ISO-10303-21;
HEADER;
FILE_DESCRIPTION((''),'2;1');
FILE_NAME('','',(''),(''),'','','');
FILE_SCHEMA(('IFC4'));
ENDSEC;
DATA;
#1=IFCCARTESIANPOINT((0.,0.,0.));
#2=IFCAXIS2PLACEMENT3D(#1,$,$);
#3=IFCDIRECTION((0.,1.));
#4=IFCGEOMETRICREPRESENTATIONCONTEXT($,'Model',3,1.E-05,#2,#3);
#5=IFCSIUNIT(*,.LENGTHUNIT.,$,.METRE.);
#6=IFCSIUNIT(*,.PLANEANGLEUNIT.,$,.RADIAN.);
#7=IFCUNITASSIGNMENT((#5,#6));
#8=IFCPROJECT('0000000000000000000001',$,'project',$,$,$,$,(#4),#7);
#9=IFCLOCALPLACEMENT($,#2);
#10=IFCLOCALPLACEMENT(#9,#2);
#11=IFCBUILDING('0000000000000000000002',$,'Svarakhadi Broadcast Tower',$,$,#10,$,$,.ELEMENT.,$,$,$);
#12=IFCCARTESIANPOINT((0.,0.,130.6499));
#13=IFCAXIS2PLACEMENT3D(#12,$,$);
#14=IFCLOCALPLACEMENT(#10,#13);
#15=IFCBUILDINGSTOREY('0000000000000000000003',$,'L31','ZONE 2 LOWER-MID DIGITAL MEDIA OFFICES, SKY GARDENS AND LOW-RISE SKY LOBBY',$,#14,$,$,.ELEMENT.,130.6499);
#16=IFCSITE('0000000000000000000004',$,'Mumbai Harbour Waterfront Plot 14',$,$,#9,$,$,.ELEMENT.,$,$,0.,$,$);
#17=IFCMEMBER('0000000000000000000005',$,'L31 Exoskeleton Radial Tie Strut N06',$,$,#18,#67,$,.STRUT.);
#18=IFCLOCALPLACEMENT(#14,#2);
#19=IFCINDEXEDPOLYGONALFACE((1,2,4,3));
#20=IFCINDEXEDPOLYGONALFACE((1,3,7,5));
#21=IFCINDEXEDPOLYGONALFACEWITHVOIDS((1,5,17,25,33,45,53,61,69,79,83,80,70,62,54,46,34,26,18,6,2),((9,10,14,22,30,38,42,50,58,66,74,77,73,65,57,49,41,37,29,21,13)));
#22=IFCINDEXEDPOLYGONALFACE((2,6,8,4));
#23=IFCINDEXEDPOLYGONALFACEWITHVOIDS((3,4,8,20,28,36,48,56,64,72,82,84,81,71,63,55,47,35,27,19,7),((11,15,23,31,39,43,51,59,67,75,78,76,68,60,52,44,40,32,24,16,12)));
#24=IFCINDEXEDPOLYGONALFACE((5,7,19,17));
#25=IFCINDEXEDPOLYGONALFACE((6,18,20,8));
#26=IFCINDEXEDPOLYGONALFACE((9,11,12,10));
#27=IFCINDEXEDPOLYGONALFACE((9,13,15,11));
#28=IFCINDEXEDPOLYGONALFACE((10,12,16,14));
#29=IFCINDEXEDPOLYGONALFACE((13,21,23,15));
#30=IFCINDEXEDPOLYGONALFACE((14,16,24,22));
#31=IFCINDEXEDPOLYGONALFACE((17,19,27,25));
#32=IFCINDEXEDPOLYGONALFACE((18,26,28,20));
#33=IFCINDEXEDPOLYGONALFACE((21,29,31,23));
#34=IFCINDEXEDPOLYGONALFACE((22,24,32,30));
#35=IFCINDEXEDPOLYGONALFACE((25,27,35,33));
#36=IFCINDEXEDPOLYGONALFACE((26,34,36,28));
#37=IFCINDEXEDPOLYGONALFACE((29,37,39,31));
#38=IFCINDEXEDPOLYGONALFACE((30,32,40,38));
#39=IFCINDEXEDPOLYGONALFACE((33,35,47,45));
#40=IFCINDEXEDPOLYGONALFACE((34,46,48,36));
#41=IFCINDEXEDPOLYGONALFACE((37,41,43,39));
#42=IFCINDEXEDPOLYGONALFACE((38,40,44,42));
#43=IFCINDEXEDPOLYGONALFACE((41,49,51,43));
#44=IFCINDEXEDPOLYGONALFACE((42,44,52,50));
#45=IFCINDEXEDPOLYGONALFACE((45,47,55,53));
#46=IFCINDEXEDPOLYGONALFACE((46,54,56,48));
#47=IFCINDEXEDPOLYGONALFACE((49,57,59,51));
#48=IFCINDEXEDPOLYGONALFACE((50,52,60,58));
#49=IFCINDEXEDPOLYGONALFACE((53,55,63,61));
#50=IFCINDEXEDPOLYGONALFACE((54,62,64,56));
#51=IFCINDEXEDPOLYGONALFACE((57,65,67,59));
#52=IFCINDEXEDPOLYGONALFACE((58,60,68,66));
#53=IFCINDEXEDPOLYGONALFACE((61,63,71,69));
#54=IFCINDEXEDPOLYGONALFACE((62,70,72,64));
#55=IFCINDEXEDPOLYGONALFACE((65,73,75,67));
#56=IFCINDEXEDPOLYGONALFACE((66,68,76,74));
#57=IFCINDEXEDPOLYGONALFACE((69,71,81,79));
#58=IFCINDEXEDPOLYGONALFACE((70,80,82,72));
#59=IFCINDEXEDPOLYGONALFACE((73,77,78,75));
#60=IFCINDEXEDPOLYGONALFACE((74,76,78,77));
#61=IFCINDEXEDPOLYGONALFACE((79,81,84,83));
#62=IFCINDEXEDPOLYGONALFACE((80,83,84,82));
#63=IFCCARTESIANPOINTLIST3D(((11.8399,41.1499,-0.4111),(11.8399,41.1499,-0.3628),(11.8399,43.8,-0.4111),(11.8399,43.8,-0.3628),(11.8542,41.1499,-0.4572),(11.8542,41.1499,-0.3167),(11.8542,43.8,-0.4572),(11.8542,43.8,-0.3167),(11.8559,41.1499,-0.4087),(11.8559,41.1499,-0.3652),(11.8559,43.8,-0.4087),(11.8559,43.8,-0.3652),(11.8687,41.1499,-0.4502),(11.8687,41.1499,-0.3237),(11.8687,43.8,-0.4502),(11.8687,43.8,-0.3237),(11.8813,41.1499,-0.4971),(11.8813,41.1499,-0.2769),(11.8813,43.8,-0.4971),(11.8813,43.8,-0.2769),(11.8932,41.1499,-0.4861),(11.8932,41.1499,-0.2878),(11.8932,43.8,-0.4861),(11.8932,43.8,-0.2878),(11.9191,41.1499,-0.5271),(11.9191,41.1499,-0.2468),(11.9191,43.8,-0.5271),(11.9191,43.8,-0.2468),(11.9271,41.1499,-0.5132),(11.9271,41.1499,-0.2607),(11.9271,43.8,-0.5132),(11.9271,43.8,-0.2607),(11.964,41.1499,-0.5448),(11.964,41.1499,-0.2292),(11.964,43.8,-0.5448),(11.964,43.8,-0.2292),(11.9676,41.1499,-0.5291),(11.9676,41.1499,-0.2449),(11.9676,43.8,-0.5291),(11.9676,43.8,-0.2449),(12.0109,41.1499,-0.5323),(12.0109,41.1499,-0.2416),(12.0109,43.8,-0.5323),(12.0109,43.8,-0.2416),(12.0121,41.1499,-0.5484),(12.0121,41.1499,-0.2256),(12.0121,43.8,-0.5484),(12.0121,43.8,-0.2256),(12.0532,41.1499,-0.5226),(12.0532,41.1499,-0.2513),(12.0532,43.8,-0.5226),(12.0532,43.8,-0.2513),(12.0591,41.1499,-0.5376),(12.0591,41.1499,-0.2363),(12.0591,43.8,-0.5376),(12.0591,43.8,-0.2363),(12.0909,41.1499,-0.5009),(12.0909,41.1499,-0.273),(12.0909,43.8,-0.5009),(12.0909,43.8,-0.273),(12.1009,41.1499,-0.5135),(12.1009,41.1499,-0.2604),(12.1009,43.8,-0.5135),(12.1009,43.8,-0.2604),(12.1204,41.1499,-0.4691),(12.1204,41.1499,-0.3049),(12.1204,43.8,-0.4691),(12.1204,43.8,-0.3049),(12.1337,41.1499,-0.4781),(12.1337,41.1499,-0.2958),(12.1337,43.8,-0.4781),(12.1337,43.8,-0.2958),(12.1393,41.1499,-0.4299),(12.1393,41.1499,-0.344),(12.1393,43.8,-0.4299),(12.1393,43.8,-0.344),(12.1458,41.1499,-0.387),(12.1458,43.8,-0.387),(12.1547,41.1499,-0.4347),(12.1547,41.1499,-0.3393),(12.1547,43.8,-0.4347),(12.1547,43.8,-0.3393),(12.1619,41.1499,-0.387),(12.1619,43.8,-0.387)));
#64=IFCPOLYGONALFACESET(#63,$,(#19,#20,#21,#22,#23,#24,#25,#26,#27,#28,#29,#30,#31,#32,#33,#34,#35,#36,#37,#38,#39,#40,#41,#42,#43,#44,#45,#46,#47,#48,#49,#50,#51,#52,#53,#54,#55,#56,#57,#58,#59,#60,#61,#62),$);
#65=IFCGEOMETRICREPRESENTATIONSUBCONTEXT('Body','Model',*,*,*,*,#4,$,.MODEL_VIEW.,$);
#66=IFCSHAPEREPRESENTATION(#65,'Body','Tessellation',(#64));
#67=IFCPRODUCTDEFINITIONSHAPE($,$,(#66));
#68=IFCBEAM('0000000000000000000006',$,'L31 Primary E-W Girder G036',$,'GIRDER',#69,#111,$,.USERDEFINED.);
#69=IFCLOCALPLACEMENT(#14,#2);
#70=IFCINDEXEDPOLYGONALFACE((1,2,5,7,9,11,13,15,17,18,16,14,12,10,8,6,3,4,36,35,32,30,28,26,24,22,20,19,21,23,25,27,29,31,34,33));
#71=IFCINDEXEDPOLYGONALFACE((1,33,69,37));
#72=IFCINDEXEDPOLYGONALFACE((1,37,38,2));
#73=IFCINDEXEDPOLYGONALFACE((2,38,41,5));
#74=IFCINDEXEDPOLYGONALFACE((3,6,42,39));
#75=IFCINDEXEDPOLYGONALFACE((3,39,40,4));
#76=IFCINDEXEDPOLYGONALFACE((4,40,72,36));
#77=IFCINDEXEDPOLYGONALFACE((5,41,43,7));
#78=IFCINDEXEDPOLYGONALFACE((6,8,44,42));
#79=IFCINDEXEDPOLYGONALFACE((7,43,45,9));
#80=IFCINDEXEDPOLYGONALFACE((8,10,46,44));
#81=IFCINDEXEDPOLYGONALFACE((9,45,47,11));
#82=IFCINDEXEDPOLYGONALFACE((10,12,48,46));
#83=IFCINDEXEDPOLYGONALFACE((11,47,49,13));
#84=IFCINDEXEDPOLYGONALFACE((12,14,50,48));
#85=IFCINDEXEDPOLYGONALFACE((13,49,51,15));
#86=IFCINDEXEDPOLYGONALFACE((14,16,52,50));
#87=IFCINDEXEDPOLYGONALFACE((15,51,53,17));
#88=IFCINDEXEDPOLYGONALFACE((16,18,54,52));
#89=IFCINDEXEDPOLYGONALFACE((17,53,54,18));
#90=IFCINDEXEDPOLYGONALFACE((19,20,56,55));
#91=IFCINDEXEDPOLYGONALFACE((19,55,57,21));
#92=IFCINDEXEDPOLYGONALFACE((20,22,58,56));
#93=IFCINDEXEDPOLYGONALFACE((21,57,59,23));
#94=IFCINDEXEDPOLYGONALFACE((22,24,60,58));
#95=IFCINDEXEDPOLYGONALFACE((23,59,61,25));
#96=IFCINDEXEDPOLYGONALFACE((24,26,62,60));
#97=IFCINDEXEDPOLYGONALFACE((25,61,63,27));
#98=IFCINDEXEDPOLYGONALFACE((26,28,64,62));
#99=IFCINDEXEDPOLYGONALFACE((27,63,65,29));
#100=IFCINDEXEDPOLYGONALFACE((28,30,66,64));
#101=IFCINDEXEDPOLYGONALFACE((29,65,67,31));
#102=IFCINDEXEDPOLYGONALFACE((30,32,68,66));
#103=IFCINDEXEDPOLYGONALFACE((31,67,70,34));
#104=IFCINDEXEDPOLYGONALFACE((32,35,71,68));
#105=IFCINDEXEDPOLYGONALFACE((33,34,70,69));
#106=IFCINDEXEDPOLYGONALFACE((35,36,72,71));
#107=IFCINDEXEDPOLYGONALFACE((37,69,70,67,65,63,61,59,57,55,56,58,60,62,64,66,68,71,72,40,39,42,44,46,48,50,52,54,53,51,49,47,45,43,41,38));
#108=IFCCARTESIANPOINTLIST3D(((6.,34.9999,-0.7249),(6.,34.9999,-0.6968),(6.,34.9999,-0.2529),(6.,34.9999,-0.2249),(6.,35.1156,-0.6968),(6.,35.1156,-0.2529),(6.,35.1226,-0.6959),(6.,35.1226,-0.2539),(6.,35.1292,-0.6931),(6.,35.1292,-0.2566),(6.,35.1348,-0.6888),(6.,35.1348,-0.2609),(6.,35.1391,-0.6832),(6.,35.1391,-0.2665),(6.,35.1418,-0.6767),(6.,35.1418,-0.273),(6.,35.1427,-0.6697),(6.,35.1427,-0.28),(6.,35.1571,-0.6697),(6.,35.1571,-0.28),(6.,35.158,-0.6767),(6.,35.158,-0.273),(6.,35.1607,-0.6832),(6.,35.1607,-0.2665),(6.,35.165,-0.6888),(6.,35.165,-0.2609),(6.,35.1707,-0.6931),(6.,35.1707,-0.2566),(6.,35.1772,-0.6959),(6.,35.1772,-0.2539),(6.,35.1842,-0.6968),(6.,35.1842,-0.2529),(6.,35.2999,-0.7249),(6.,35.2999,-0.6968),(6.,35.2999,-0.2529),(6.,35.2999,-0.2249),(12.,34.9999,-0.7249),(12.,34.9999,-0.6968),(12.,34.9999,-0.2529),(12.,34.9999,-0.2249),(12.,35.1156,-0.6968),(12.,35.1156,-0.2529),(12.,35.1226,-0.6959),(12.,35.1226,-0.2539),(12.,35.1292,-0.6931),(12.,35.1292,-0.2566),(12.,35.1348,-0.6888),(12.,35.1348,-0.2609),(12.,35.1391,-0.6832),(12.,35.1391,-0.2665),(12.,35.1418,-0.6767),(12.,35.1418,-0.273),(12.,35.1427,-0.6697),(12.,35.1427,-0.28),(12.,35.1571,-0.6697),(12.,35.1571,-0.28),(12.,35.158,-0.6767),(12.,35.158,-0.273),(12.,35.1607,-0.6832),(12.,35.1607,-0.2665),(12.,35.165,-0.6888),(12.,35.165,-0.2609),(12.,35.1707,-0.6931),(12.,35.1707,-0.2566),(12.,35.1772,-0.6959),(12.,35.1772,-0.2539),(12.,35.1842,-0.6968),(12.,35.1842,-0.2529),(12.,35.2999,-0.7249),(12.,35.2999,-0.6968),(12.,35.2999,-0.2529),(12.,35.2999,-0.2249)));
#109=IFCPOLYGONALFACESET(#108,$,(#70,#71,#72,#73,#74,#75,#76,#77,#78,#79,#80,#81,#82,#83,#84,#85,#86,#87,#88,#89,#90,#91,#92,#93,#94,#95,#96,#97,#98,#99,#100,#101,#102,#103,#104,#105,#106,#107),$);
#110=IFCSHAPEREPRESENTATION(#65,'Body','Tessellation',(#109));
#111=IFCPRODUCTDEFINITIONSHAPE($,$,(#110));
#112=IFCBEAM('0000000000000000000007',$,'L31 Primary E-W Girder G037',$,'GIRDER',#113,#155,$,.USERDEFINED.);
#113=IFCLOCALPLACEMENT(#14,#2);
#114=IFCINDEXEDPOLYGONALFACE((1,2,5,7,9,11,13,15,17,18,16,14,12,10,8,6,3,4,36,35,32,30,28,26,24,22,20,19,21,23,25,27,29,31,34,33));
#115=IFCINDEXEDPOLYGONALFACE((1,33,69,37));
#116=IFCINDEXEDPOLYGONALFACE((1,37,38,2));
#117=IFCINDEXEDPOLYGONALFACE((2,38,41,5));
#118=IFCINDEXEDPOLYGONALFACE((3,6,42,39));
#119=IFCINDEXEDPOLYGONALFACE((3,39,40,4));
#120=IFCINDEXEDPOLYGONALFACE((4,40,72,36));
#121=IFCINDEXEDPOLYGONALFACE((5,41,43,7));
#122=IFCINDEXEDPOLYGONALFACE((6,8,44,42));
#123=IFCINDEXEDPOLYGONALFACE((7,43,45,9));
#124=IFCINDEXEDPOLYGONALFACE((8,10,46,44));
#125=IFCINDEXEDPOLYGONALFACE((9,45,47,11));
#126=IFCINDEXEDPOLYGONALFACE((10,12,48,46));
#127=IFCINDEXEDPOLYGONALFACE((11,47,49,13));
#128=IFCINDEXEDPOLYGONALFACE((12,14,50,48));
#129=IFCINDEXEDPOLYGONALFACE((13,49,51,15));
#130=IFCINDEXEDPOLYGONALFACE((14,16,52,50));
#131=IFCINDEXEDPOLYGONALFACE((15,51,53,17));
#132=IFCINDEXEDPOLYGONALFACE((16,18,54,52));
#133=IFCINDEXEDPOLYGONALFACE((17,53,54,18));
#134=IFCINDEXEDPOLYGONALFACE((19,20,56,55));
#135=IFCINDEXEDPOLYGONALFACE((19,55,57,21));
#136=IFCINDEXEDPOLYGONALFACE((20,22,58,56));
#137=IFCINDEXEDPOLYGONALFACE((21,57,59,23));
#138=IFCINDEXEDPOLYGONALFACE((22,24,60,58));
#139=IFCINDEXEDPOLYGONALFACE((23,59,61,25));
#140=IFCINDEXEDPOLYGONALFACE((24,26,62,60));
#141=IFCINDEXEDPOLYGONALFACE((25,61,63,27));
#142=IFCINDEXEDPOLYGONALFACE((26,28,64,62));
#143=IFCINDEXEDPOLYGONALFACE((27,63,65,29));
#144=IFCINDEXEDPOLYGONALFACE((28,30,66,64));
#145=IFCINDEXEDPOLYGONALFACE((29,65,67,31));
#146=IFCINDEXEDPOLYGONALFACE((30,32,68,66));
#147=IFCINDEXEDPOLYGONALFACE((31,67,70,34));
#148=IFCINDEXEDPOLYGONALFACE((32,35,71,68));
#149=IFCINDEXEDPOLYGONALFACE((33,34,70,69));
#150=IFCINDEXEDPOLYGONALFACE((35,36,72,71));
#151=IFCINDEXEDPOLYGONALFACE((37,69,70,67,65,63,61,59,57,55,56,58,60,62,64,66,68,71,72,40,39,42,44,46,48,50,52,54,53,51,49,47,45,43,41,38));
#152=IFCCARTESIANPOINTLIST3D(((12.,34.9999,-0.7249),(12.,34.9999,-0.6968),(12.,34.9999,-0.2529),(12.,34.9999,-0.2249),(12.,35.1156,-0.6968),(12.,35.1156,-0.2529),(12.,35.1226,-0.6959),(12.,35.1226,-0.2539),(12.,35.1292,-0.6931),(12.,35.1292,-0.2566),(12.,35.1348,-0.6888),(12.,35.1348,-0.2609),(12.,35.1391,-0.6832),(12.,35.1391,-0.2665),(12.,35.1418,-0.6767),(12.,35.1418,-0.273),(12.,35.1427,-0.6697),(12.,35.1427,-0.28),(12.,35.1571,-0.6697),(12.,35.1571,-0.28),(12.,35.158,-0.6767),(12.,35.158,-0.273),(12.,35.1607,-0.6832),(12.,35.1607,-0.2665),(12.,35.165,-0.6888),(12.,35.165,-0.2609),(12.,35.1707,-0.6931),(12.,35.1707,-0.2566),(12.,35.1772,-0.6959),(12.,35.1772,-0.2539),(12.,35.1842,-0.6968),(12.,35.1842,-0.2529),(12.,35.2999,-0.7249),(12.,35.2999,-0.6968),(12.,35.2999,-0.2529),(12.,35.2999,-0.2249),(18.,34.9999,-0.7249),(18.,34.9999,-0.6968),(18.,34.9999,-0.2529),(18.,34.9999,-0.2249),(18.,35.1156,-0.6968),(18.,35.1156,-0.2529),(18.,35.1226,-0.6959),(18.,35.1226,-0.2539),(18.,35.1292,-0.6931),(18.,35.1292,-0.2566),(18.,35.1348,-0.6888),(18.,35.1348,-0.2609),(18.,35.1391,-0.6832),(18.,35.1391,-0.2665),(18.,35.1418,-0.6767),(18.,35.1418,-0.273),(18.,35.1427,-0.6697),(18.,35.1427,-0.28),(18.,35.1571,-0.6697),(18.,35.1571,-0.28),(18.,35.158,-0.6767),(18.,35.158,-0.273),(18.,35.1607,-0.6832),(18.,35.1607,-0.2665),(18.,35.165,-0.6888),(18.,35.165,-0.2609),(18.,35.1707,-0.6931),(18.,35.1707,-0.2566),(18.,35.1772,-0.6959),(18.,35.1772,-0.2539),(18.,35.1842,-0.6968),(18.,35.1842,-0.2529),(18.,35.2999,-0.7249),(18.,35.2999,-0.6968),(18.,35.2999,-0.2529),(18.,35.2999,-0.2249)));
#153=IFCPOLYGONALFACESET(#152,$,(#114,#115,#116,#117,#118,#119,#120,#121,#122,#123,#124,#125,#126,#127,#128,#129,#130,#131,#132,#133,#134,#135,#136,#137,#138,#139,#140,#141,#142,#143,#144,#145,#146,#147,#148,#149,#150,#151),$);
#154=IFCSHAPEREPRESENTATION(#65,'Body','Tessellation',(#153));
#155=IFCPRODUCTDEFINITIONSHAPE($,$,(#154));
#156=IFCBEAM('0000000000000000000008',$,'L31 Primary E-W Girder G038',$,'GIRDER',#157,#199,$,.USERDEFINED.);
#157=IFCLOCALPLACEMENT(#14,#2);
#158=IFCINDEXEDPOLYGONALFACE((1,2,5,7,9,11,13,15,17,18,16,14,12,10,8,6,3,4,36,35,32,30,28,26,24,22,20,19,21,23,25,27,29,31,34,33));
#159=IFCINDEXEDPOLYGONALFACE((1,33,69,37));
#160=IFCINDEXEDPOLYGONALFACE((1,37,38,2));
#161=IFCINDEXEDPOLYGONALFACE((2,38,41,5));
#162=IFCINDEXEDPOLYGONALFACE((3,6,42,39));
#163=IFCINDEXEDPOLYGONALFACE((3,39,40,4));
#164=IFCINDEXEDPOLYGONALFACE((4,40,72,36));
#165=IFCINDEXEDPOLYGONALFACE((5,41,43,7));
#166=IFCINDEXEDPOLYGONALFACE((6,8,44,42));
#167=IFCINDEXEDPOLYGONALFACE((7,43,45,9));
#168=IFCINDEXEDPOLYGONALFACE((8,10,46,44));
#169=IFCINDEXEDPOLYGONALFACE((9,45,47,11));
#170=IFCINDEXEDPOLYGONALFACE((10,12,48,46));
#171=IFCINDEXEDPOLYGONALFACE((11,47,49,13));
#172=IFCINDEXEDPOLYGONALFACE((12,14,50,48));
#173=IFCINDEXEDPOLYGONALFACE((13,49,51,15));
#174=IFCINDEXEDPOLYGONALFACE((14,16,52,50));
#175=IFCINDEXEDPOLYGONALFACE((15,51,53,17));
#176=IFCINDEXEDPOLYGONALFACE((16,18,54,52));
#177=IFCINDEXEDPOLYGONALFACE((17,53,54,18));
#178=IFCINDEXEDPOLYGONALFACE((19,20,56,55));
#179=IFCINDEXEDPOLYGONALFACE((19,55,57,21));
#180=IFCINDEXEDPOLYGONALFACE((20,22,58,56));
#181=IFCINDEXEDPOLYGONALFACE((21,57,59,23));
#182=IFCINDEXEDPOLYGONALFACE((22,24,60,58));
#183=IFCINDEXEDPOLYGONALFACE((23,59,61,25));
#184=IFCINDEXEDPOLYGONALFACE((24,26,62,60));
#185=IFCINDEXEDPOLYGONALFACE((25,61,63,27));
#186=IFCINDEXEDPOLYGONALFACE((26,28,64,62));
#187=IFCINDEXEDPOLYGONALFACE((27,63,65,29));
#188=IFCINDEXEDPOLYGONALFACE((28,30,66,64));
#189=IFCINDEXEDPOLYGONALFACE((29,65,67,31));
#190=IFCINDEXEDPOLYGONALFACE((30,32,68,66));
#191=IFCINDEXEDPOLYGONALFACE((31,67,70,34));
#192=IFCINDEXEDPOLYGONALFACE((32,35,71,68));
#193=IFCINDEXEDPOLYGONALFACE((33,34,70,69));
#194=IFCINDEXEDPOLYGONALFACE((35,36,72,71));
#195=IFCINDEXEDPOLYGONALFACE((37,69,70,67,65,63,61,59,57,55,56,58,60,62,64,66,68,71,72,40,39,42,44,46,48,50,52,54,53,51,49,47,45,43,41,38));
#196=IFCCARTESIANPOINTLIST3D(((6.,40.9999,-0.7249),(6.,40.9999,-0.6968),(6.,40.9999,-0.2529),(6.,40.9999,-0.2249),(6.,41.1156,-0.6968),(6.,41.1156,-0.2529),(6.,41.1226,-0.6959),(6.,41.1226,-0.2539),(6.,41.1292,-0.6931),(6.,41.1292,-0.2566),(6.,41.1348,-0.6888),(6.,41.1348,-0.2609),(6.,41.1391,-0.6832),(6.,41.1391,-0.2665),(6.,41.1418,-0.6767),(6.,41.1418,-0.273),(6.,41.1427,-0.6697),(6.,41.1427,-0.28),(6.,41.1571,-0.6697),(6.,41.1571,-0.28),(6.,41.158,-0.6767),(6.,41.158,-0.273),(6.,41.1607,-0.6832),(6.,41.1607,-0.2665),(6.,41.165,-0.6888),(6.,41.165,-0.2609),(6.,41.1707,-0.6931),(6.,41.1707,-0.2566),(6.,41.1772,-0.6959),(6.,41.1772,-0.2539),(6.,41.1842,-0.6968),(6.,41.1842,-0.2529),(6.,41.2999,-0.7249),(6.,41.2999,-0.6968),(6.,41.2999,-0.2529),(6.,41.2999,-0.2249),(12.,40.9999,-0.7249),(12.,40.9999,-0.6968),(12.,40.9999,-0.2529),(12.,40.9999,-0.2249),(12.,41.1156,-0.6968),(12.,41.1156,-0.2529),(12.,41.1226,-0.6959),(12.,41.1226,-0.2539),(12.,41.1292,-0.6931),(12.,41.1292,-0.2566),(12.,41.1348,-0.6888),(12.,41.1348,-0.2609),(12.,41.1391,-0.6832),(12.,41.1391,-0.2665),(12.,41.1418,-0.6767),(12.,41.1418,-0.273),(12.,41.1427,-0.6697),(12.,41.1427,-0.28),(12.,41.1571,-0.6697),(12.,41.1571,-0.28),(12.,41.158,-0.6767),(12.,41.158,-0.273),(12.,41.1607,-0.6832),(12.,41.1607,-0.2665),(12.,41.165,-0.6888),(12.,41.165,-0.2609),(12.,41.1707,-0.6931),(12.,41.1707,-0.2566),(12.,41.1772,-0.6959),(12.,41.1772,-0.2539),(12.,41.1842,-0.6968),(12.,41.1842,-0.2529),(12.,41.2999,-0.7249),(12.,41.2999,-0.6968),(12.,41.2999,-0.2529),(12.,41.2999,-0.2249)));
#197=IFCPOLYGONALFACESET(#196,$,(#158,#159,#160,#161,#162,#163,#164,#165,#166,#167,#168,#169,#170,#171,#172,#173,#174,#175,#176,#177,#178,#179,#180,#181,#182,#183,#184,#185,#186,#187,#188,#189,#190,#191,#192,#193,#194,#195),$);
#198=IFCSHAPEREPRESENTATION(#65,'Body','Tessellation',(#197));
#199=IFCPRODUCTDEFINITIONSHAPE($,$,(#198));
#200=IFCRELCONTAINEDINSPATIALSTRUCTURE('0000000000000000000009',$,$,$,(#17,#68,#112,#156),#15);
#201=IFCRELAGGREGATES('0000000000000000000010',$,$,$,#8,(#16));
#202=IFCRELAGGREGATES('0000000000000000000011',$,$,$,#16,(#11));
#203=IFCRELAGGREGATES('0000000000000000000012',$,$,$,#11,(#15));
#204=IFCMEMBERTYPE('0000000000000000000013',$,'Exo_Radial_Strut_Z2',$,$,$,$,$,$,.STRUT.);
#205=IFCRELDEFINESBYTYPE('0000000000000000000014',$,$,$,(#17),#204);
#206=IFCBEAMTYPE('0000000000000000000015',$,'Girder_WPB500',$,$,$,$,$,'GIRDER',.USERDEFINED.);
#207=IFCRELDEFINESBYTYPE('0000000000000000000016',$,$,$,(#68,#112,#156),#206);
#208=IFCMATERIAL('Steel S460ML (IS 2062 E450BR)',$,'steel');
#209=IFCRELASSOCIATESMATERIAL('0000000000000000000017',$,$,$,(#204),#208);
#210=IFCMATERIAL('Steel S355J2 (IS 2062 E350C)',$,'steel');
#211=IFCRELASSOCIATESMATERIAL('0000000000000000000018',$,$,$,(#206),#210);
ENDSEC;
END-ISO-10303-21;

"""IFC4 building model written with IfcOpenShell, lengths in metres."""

from ifc_helpers import new_model, si_unit, direction, frame, origin, origin_2d, place, context, subcontext, project, spatial, hollow_circle, i_section, extrude, material, material_profile, profile_set, type_object, element, save


model = new_model("IFC4")

# Units and contexts
model_context = context("Model", 3, precision=1e-05, world=origin(), true_north=direction((0.0, 1.0)))
body_context = subcontext(model_context, "Body", "Model", "MODEL_VIEW")
ifc_project = project(units=[si_unit("LENGTHUNIT", "METRE"), si_unit("PLANEANGLEUNIT", "RADIAN")], contexts=[model_context])

# Site, building, storey
site_placement = place(None, origin())
site = spatial("IfcSite", under=ifc_project, at=site_placement, Name="Mumbai Harbour Waterfront Plot 14", CompositionType="ELEMENT", RefElevation=0.0)
building_placement = place(site_placement, origin())
building = spatial("IfcBuilding", under=site, at=building_placement, Name="Svarakhadi Broadcast Tower", CompositionType="ELEMENT")
storey_placement = place(building_placement, frame((0.0, 0.0, 130.6499)))
storey = spatial("IfcBuildingStorey", under=building, at=storey_placement, Name="L31", Description="ZONE 2 LOWER-MID DIGITAL MEDIA OFFICES, SKY GARDENS AND LOW-RISE SKY LOBBY", CompositionType="ELEMENT", Elevation=130.6499)

# Shared definitions
ifc_material_1 = material(Name="Steel S460ML (IS 2062 E450BR)", Category="steel")

# Shared definitions
ifc_material_2 = material(Name="Steel S355J2 (IS 2062 E350C)", Category="steel")

# Member
ifc_material_profile_1 = material_profile(ifc_material_1, hollow_circle(Radius=0.1619, WallThickness=0.0161, at=origin_2d()), Name="CHS 323.9x16")
ifc_profile_set_1 = profile_set([ifc_material_profile_1], Name="Steel S460ML (IS 2062 E450BR)")
member_type_1 = type_object("IfcMemberType", Name="Exo_Radial_Strut_Z2", PredefinedType="STRUT", material=ifc_profile_set_1)
member_1_placement = place(storey_placement, frame((12.0, 43.8, -0.387), z_axis=(0.0, -1.0, 0.0), x_axis=(1.0, 0.0, 0.0)))
element("IfcMember", 1, at=member_1_placement, inside=storey, type_object=member_type_1, Name="L31 Exoskeleton Radial Tie Strut N06", PredefinedType="STRUT", context=body_context, shape_type="SweptSolid", body=[
    extrude(hollow_circle(Radius=0.1619, WallThickness=0.0161, at=origin_2d()), origin(), (0.0, 0.0, 1.0), 2.6501),
])

# Beams
ifc_material_profile_2 = material_profile(ifc_material_2, i_section(OverallWidth=0.3, OverallDepth=0.5, WebThickness=0.0144, FlangeThickness=0.0281, FilletRadius=0.0271, at=origin_2d()), Name="WPB 500x300x187")
ifc_profile_set_2 = profile_set([ifc_material_profile_2], Name="Steel S355J2 (IS 2062 E350C)")
beam_type_1 = type_object("IfcBeamType", Name="Girder_WPB500", ElementType="GIRDER", PredefinedType="USERDEFINED", material=ifc_profile_set_2)
for number, where, z_axis, x_axis, name in (
    (2, (6.0, 35.1499, -0.4749), (1.0, 0.0, 0.0), (0.0, 1.0, 0.0), "L31 Primary E-W Girder G036"),
    (3, (12.0, 35.1499, -0.4749), (1.0, 0.0, 0.0), (0.0, 1.0, 0.0), "L31 Primary E-W Girder G037"),
    (4, (6.0, 41.1499, -0.4749), (1.0, 0.0, 0.0), (0.0, 1.0, 0.0), "L31 Primary E-W Girder G038"),
):
    element("IfcBeam", number, at=place(storey_placement, frame(where, z_axis=z_axis, x_axis=x_axis)), inside=storey, type_object=beam_type_1, Name=name, ObjectType="GIRDER", PredefinedType="USERDEFINED", context=body_context, shape_type="SweptSolid", body=[
        extrude(i_section(OverallWidth=0.3, OverallDepth=0.5, WebThickness=0.0144, FlangeThickness=0.0281, FilletRadius=0.0271, at=origin_2d()), origin(), (0.0, 0.0, 1.0), 6.0),
    ])

save(model, "model.ifc")
